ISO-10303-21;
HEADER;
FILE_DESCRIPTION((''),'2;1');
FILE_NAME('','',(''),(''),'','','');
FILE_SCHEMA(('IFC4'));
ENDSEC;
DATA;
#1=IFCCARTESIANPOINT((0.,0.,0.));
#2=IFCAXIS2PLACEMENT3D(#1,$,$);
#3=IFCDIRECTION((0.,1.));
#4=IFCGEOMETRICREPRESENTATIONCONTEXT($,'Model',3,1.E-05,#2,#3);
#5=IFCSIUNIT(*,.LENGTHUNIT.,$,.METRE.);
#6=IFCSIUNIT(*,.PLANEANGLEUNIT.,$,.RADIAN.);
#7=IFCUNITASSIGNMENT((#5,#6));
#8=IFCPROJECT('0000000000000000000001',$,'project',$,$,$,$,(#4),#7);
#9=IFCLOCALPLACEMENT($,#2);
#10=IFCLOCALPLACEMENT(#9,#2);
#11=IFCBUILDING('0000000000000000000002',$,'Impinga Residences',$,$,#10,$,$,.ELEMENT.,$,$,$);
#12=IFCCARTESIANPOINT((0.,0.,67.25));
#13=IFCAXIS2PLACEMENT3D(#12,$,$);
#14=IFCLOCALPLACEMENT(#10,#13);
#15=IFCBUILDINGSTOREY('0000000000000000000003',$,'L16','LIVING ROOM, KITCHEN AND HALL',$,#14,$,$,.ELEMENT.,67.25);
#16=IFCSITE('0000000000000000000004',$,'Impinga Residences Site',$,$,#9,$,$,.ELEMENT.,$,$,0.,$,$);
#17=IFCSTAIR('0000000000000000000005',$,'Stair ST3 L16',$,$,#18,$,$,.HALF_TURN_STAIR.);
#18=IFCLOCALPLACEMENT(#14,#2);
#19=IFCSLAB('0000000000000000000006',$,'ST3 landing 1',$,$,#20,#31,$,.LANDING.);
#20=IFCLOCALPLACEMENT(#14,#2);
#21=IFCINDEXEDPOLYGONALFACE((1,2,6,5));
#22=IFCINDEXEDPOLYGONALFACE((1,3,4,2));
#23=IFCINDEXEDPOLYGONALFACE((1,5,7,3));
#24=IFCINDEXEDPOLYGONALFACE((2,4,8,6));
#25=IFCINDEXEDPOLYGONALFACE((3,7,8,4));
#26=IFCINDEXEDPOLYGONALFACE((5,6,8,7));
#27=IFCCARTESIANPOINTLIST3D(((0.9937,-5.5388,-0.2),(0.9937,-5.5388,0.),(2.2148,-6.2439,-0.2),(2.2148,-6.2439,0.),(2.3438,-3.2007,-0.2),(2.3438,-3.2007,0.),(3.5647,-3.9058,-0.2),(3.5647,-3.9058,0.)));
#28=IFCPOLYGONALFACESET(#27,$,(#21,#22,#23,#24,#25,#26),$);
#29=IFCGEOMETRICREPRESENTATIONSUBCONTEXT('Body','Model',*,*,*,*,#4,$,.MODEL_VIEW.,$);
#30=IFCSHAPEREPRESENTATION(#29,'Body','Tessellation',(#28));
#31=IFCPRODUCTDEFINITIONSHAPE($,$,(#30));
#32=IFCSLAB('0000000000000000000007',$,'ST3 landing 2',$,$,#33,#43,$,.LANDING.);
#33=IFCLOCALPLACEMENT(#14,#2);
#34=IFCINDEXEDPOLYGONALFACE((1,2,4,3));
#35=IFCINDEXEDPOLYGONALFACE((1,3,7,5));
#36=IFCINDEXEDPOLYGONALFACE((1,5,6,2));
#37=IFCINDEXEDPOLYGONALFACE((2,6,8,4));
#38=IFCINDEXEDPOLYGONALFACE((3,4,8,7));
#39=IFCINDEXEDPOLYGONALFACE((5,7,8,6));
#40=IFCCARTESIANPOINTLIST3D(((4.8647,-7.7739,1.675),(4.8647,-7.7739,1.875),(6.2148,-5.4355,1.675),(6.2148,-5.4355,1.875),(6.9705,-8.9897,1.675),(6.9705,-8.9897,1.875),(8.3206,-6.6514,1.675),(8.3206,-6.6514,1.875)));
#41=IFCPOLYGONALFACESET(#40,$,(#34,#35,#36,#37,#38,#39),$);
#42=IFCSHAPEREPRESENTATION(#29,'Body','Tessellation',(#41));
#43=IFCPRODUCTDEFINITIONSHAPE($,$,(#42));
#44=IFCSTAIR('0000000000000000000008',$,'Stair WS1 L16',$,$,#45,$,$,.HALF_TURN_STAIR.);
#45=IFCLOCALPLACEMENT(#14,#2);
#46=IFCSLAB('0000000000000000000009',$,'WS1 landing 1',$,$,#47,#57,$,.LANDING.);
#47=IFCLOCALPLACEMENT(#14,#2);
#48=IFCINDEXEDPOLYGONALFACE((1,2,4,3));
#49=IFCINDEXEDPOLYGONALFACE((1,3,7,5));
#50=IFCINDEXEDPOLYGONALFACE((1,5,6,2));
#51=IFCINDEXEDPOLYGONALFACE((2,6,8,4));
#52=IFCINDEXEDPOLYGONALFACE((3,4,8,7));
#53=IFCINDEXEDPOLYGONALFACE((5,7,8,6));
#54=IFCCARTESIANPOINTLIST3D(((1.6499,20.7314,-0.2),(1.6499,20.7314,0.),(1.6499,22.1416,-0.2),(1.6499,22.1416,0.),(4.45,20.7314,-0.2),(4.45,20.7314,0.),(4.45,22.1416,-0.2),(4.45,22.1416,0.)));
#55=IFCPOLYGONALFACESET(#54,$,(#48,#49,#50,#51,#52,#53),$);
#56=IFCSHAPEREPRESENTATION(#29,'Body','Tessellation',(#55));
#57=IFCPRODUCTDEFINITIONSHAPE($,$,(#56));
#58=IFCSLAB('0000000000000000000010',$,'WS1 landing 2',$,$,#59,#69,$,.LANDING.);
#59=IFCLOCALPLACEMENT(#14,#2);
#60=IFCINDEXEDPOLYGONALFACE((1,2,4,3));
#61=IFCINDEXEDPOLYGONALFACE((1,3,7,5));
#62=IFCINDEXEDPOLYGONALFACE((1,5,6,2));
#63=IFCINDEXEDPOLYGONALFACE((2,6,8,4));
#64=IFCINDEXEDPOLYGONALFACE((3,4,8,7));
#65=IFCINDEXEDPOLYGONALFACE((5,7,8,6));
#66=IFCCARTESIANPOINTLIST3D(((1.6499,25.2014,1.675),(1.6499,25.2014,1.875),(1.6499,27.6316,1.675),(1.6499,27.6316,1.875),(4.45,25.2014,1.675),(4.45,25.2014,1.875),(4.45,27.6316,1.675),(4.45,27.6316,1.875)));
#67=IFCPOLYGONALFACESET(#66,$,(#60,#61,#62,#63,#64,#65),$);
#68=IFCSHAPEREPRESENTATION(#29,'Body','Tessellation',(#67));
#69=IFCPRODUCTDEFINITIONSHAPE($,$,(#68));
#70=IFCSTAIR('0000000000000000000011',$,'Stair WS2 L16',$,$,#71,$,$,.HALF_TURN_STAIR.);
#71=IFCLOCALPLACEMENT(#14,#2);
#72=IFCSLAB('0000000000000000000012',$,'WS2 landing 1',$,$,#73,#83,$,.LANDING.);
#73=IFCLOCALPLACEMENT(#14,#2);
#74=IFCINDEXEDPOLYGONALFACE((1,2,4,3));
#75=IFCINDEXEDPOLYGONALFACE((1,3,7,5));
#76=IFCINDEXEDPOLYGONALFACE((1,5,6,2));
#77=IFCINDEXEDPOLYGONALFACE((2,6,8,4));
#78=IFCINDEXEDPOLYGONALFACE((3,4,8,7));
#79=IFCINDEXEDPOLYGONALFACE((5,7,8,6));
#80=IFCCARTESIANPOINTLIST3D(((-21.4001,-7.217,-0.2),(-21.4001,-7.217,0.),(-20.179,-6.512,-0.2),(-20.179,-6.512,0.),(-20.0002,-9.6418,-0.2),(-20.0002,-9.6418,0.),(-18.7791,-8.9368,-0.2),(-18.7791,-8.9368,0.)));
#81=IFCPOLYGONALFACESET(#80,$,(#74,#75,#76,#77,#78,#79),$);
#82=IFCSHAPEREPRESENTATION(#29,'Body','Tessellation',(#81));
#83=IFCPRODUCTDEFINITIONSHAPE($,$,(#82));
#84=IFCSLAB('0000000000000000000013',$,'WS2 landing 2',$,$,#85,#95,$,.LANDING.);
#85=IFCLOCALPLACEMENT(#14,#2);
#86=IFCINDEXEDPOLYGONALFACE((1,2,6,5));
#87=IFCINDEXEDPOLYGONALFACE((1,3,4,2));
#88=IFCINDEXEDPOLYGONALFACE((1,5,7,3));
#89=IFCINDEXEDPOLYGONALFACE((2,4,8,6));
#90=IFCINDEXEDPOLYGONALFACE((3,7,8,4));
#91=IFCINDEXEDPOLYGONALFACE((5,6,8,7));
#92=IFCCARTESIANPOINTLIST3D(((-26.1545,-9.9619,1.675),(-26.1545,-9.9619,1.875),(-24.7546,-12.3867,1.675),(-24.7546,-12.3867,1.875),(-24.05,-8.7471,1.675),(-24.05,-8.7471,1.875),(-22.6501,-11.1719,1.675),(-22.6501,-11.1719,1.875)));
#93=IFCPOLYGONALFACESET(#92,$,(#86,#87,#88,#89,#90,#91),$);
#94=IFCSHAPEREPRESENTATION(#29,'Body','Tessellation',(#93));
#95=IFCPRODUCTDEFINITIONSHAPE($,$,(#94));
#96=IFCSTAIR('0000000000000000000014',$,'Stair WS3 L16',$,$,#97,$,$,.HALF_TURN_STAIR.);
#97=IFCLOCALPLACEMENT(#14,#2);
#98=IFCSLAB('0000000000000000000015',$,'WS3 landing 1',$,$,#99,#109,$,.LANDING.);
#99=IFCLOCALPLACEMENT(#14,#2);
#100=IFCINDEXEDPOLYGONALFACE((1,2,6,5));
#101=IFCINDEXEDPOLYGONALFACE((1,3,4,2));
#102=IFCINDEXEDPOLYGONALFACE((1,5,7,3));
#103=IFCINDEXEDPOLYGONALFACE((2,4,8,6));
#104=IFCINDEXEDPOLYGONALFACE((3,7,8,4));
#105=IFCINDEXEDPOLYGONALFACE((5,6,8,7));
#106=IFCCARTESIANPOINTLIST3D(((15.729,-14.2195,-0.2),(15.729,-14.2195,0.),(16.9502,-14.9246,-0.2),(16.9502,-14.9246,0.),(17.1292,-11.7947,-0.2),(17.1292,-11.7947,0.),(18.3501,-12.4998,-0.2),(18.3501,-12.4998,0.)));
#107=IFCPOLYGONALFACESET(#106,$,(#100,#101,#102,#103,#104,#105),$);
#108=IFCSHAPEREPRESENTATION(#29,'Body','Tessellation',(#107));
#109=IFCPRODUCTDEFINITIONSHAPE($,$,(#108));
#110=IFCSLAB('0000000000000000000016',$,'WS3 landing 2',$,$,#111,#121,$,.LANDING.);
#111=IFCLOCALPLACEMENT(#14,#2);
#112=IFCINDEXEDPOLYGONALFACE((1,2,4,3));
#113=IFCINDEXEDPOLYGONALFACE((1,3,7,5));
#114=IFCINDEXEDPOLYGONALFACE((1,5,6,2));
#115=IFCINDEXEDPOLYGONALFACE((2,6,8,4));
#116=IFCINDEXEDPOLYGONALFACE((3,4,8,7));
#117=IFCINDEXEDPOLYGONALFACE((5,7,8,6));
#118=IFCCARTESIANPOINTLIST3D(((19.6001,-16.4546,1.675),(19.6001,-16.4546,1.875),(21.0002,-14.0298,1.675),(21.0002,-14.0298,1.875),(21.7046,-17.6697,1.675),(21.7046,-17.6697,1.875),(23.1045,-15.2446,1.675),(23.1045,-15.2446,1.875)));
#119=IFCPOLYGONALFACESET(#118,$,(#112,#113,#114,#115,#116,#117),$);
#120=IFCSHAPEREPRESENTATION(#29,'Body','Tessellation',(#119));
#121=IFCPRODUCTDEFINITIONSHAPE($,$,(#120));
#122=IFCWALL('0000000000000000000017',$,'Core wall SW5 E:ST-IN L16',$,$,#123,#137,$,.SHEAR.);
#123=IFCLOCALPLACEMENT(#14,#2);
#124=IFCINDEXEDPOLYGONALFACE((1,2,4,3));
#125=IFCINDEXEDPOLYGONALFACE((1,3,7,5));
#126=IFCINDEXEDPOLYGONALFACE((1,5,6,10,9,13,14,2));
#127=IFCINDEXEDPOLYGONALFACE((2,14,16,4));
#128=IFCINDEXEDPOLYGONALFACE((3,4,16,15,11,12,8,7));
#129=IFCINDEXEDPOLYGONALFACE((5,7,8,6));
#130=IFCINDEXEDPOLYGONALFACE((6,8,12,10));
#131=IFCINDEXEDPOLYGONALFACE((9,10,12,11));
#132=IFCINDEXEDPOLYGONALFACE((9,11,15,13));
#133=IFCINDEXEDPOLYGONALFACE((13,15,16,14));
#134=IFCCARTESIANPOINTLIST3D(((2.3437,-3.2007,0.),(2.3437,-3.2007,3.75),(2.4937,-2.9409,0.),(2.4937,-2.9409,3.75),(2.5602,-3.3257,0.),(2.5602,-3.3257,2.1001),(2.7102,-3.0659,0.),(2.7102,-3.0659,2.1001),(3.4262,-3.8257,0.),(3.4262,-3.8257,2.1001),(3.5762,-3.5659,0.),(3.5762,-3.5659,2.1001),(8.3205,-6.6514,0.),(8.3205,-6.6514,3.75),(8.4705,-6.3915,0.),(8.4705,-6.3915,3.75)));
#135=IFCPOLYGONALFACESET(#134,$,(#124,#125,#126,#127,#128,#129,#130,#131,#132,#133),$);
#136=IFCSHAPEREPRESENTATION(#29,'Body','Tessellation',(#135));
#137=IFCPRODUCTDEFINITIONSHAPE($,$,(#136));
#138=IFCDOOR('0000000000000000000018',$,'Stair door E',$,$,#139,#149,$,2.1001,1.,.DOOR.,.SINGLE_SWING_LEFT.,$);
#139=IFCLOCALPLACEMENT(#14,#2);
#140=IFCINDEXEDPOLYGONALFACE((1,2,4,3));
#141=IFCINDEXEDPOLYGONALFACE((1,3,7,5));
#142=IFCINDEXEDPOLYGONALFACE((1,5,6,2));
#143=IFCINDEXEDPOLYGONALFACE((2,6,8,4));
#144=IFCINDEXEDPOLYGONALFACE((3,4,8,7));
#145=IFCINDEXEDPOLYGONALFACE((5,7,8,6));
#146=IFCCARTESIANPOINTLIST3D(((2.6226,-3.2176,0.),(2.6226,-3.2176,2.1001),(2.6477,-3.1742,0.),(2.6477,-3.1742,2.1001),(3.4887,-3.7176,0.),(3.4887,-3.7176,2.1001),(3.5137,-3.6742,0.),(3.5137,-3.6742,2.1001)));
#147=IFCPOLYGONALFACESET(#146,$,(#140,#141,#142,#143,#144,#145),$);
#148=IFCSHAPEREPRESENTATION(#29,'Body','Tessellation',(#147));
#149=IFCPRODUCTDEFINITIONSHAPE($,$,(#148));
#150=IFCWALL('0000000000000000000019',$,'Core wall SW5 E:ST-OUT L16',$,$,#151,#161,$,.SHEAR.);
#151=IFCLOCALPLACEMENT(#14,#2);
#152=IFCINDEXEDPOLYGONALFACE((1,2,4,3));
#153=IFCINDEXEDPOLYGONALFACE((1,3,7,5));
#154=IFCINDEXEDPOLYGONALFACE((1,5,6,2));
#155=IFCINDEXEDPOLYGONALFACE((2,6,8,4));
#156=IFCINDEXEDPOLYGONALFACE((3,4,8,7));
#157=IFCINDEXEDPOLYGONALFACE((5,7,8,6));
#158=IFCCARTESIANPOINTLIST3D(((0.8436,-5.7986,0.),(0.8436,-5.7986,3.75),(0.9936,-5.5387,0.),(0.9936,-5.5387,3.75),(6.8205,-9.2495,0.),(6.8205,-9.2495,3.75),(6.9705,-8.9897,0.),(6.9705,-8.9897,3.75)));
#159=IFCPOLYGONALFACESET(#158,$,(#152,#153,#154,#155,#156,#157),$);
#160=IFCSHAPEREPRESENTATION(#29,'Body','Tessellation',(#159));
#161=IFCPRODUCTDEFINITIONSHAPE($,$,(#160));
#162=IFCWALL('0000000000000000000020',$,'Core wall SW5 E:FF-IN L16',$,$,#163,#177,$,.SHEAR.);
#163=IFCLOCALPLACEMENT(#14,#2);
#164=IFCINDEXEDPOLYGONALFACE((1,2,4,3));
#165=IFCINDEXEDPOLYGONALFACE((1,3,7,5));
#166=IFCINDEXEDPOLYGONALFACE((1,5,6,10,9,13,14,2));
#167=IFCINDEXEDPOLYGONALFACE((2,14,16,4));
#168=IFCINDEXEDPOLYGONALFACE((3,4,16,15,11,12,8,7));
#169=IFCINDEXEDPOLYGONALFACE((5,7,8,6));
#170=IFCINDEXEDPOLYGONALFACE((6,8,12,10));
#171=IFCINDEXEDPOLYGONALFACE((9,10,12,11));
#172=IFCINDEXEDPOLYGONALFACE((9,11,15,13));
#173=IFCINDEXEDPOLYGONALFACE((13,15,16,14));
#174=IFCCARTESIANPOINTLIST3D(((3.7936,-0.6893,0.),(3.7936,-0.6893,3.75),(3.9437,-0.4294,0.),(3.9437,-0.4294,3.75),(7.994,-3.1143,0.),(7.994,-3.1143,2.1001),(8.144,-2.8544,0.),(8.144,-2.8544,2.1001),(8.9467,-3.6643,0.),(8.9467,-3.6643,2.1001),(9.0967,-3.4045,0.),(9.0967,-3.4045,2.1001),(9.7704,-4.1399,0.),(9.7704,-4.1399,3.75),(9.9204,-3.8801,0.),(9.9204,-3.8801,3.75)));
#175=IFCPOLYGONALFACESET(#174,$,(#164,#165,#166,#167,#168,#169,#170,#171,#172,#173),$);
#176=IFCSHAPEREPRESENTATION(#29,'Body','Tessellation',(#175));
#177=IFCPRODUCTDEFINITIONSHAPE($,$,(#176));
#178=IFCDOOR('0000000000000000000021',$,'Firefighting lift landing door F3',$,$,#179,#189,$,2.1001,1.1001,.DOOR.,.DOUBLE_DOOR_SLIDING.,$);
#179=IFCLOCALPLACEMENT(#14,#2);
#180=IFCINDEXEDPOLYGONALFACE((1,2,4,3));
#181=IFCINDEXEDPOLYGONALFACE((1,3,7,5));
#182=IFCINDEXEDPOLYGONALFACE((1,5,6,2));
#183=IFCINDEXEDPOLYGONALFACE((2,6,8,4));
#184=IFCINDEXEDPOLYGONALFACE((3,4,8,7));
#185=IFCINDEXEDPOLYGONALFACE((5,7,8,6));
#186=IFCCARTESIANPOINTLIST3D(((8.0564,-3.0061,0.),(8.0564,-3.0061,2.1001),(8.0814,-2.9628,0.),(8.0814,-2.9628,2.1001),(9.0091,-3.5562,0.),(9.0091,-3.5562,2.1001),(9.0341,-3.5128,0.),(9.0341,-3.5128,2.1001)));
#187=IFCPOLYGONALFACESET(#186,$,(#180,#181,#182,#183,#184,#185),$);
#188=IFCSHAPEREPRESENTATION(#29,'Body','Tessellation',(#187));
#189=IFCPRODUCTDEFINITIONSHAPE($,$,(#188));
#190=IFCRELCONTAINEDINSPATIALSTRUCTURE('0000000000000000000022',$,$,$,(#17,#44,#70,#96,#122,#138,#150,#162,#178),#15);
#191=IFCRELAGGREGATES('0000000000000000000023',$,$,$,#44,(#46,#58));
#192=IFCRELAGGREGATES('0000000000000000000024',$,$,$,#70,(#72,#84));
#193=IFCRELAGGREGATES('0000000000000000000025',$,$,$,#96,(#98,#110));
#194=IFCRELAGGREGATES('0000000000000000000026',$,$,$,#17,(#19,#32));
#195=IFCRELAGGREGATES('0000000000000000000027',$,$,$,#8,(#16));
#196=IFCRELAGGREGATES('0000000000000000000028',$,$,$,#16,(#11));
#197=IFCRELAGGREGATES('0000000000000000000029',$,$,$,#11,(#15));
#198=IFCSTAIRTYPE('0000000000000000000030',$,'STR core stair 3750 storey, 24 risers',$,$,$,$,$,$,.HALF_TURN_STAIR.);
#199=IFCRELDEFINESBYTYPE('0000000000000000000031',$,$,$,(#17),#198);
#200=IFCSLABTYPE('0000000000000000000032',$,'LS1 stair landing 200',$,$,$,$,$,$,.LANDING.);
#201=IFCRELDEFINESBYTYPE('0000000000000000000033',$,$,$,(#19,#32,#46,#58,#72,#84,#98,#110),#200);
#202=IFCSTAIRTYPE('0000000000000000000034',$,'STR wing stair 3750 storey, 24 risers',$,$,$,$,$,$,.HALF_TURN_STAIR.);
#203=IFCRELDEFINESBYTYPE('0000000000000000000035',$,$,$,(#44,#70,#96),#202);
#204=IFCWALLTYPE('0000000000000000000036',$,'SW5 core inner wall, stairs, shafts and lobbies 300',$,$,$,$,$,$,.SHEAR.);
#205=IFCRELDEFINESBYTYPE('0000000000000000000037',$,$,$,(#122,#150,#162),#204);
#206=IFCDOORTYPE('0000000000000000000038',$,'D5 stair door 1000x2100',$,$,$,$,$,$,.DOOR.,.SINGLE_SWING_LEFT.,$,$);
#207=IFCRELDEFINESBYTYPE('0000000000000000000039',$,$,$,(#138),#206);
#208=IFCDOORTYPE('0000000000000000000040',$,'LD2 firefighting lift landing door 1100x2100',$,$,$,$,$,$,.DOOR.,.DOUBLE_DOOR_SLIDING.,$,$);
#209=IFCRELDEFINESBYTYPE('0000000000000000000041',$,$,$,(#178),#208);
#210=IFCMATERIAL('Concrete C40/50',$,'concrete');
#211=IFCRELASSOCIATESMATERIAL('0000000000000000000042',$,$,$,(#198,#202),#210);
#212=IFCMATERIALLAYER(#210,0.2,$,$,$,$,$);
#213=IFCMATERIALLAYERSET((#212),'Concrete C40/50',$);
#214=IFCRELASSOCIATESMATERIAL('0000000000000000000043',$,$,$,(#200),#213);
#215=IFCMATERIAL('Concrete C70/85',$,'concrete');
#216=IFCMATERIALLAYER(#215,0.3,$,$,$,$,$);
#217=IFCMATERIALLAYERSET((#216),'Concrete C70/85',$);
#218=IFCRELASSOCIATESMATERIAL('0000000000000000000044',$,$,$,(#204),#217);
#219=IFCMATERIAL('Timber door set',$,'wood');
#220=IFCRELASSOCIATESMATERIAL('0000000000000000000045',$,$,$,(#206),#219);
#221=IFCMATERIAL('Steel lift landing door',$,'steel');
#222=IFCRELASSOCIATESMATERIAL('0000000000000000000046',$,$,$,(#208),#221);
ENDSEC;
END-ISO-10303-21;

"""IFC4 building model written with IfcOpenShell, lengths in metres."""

from ifc_helpers import new_model, si_unit, direction, frame, frame_2d, origin, place, context, subcontext, project, spatial, polyline, rectangle, outline, extrude, material, layer, layer_set, type_object, element, fill, aggregate, save


model = new_model("IFC4")

# Units and contexts
model_context = context("Model", 3, precision=1e-05, world=origin(), true_north=direction((0.0, 1.0)))
body_context = subcontext(model_context, "Body", "Model", "MODEL_VIEW")
ifc_project = project(units=[si_unit("LENGTHUNIT", "METRE"), si_unit("PLANEANGLEUNIT", "RADIAN")], contexts=[model_context])

# Site, building, storey
site_placement = place(None, origin())
site = spatial("IfcSite", under=ifc_project, at=site_placement, Name="Impinga Residences Site", CompositionType="ELEMENT", RefElevation=0.0)
building_placement = place(site_placement, origin())
building = spatial("IfcBuilding", under=site, at=building_placement, Name="Impinga Residences", CompositionType="ELEMENT")
storey_placement = place(building_placement, frame((0.0, 0.0, 67.25)))
storey = spatial("IfcBuildingStorey", under=building, at=storey_placement, Name="L16", Description="LIVING ROOM, KITCHEN AND HALL", CompositionType="ELEMENT", Elevation=67.25)

# Stairs, slabs
ifc_material_1 = material(Name="Concrete C40/50", Category="concrete")
stair_type_1 = type_object("IfcStairType", Name="STR core stair 3750 storey, 24 risers", PredefinedType="HALF_TURN_STAIR", material=ifc_material_1)
stair_1_placement = place(storey_placement, origin())
stair_1 = element("IfcStair", 1, at=stair_1_placement, inside=storey, type_object=stair_type_1, Name="Stair ST3 L16", PredefinedType="HALF_TURN_STAIR")
ifc_layer_1 = layer(ifc_material_1, 0.2)
ifc_layer_set_1 = layer_set([ifc_layer_1], Name="Concrete C40/50")
slab_type = type_object("IfcSlabType", Name="LS1 stair landing 200", PredefinedType="LANDING", material=ifc_layer_set_1)
slab_1_placement = place(storey_placement, frame((0.0, 0.0, -0.2)))
slab_1 = element("IfcSlab", 2, at=slab_1_placement, type_object=slab_type, Name="ST3 landing 1", PredefinedType="LANDING", context=body_context, shape_type="SweptSolid", body=[
    extrude(outline(polyline([(2.3438, -3.2007), (0.9937, -5.5388), (2.2148, -6.2439), (3.5647, -3.9058), (2.3438, -3.2007)])), origin(), (0.0, 0.0, 1.0), 0.2),
])
slab_2_placement = place(storey_placement, frame((0.0, 0.0, 1.675)))
slab_2 = element("IfcSlab", 3, at=slab_2_placement, type_object=slab_type, Name="ST3 landing 2", PredefinedType="LANDING", context=body_context, shape_type="SweptSolid", body=[
    extrude(outline(polyline([(6.2148, -5.4355), (4.8647, -7.7739), (6.9705, -8.9897), (8.3206, -6.6514), (6.2148, -5.4355)])), origin(), (0.0, 0.0, 1.0), 0.2),
])
stair_type_2 = type_object("IfcStairType", Name="STR wing stair 3750 storey, 24 risers", PredefinedType="HALF_TURN_STAIR", material=ifc_material_1)
stair_2_placement = place(storey_placement, origin())
stair_2 = element("IfcStair", 4, at=stair_2_placement, inside=storey, type_object=stair_type_2, Name="Stair WS1 L16", PredefinedType="HALF_TURN_STAIR")
slab_3_placement = place(storey_placement, frame((0.0, 0.0, -0.2)))
slab_3 = element("IfcSlab", 5, at=slab_3_placement, type_object=slab_type, Name="WS1 landing 1", PredefinedType="LANDING", context=body_context, shape_type="SweptSolid", body=[
    extrude(outline(polyline([(1.6499, 20.7314), (4.45, 20.7314), (4.45, 22.1416), (1.6499, 22.1416), (1.6499, 20.7314)])), origin(), (0.0, 0.0, 1.0), 0.2),
])
slab_4_placement = place(storey_placement, frame((0.0, 0.0, 1.675)))
slab_4 = element("IfcSlab", 6, at=slab_4_placement, type_object=slab_type, Name="WS1 landing 2", PredefinedType="LANDING", context=body_context, shape_type="SweptSolid", body=[
    extrude(outline(polyline([(1.6499, 25.2014), (4.45, 25.2014), (4.45, 27.6316), (1.6499, 27.6316), (1.6499, 25.2014)])), origin(), (0.0, 0.0, 1.0), 0.2),
])
aggregate(stair_2, [slab_3, slab_4])
stair_3_placement = place(storey_placement, origin())
stair_3 = element("IfcStair", 7, at=stair_3_placement, inside=storey, type_object=stair_type_2, Name="Stair WS2 L16", PredefinedType="HALF_TURN_STAIR")
slab_5_placement = place(storey_placement, frame((0.0, 0.0, -0.2)))
slab_5 = element("IfcSlab", 8, at=slab_5_placement, type_object=slab_type, Name="WS2 landing 1", PredefinedType="LANDING", context=body_context, shape_type="SweptSolid", body=[
    extrude(outline(polyline([(-18.7791, -8.9368), (-20.179, -6.512), (-21.4001, -7.217), (-20.0002, -9.6418), (-18.7791, -8.9368)])), origin(), (0.0, 0.0, 1.0), 0.2),
])
slab_6_placement = place(storey_placement, frame((0.0, 0.0, 1.675)))
slab_6 = element("IfcSlab", 9, at=slab_6_placement, type_object=slab_type, Name="WS2 landing 2", PredefinedType="LANDING", context=body_context, shape_type="SweptSolid", body=[
    extrude(outline(polyline([(-22.6501, -11.1719), (-24.05, -8.7471), (-26.1545, -9.9619), (-24.7546, -12.3867), (-22.6501, -11.1719)])), origin(), (0.0, 0.0, 1.0), 0.2),
])
aggregate(stair_3, [slab_5, slab_6])
stair_4_placement = place(storey_placement, origin())
stair_4 = element("IfcStair", 10, at=stair_4_placement, inside=storey, type_object=stair_type_2, Name="Stair WS3 L16", PredefinedType="HALF_TURN_STAIR")
slab_7_placement = place(storey_placement, frame((0.0, 0.0, -0.2)))
slab_7 = element("IfcSlab", 11, at=slab_7_placement, type_object=slab_type, Name="WS3 landing 1", PredefinedType="LANDING", context=body_context, shape_type="SweptSolid", body=[
    extrude(outline(polyline([(17.1292, -11.7947), (15.729, -14.2195), (16.9502, -14.9246), (18.3501, -12.4998), (17.1292, -11.7947)])), origin(), (0.0, 0.0, 1.0), 0.2),
])
slab_8_placement = place(storey_placement, frame((0.0, 0.0, 1.675)))
slab_8 = element("IfcSlab", 12, at=slab_8_placement, type_object=slab_type, Name="WS3 landing 2", PredefinedType="LANDING", context=body_context, shape_type="SweptSolid", body=[
    extrude(outline(polyline([(21.0002, -14.0298), (19.6001, -16.4546), (21.7046, -17.6697), (23.1045, -15.2446), (21.0002, -14.0298)])), origin(), (0.0, 0.0, 1.0), 0.2),
])
aggregate(stair_4, [slab_7, slab_8])

# Wall, opening, door
ifc_material_2 = material(Name="Concrete C70/85", Category="concrete")
ifc_layer_2 = layer(ifc_material_2, 0.3)
ifc_layer_set_2 = layer_set([ifc_layer_2], Name="Concrete C70/85")
wall_type = type_object("IfcWallType", Name="SW5 core inner wall, stairs, shafts and lobbies 300", PredefinedType="SHEAR", material=ifc_layer_set_2)
wall_1_placement = place(storey_placement, frame((2.4187, -3.0708, 0.0), z_axis=(0.0, 0.0, 1.0), x_axis=(0.866027, -0.499997, 0.0)))
wall_1 = element("IfcWall", 13, at=wall_1_placement, inside=storey, type_object=wall_type, Name="Core wall SW5 E:ST-IN L16", PredefinedType="SHEAR", context=body_context, shape_type="SweptSolid", body=[
    extrude(rectangle(XDim=6.9014, YDim=0.3, at=frame_2d((3.4507, 0.0))), origin(), (0.0, 0.0, 1.0), 3.75),
])
opening_1_placement = place(wall_1_placement, frame((0.25, 0.0, 0.0)))
opening_1 = element("IfcOpeningElement", 14, at=opening_1_placement, cuts=wall_1, PredefinedType="OPENING", context=body_context, shape_type="SweptSolid", body=[
    extrude(rectangle(XDim=1.0, YDim=2.1001, at=frame_2d((0.5, 1.05))), frame((0.0, 0.1599, 0.0), z_axis=(0.0, -1.0, 0.0), x_axis=(1.0, 0.0, 0.0)), (0.0, 0.0, 1.0), 0.3201),
])
ifc_material_3 = material(Name="Timber door set", Category="wood")
door_type_1 = type_object("IfcDoorType", Name="D5 stair door 1000x2100", OperationType="SINGLE_SWING_LEFT", PredefinedType="DOOR", material=ifc_material_3)
door_1_placement = place(opening_1_placement, origin())
door_1 = element("IfcDoor", 15, at=door_1_placement, inside=storey, type_object=door_type_1, Name="Stair door E", OperationType="SINGLE_SWING_LEFT", OverallHeight=2.1001, OverallWidth=1.0, PredefinedType="DOOR", context=body_context, shape_type="SweptSolid", body=[
    extrude(rectangle(XDim=1.0, YDim=2.1001, at=frame_2d((0.5, 1.05))), frame((0.0, 0.0249, 0.0), z_axis=(0.0, -1.0, 0.0), x_axis=(1.0, 0.0, 0.0)), (0.0, 0.0, 1.0), 0.05),
])
fill(opening_1, door_1)

# Wall
wall_2_placement = place(storey_placement, frame((0.9187, -5.6687, 0.0), z_axis=(0.0, 0.0, 1.0), x_axis=(0.866012, -0.500024, 0.0)))
element("IfcWall", 16, at=wall_2_placement, inside=storey, type_object=wall_type, Name="Core wall SW5 E:ST-OUT L16", PredefinedType="SHEAR", context=body_context, shape_type="SweptSolid", body=[
    extrude(rectangle(XDim=6.9016, YDim=0.3, at=frame_2d((3.4507, 0.0))), origin(), (0.0, 0.0, 1.0), 3.75),
])

# Wall, opening, door
wall_3_placement = place(storey_placement, frame((3.8687, -0.5593, 0.0), z_axis=(0.0, 0.0, 1.0), x_axis=(0.866027, -0.499997, 0.0)))
wall_3 = element("IfcWall", 17, at=wall_3_placement, inside=storey, type_object=wall_type, Name="Core wall SW5 E:FF-IN L16", PredefinedType="SHEAR", context=body_context, shape_type="SweptSolid", body=[
    extrude(rectangle(XDim=6.9014, YDim=0.3, at=frame_2d((3.4507, 0.0))), origin(), (0.0, 0.0, 1.0), 3.75),
])
opening_2_placement = place(wall_3_placement, frame((4.8501, 0.0, 0.0)))
opening_2 = element("IfcOpeningElement", 18, at=opening_2_placement, cuts=wall_3, PredefinedType="OPENING", context=body_context, shape_type="SweptSolid", body=[
    extrude(rectangle(XDim=1.1001, YDim=2.1001, at=frame_2d((0.55, 1.05))), frame((0.0, 0.1599, 0.0), z_axis=(0.0, -1.0, 0.0), x_axis=(1.0, 0.0, 0.0)), (0.0, 0.0, 1.0), 0.3201),
])
ifc_material_4 = material(Name="Steel lift landing door", Category="steel")
door_type_2 = type_object("IfcDoorType", Name="LD2 firefighting lift landing door 1100x2100", OperationType="DOUBLE_DOOR_SLIDING", PredefinedType="DOOR", material=ifc_material_4)
door_2_placement = place(opening_2_placement, origin())
door_2 = element("IfcDoor", 19, at=door_2_placement, inside=storey, type_object=door_type_2, Name="Firefighting lift landing door F3", OperationType="DOUBLE_DOOR_SLIDING", OverallHeight=2.1001, OverallWidth=1.1001, PredefinedType="DOOR", context=body_context, shape_type="SweptSolid", body=[
    extrude(rectangle(XDim=1.1001, YDim=2.1001, at=frame_2d((0.55, 1.05))), frame((0.0, 0.0249, 0.0), z_axis=(0.0, -1.0, 0.0), x_axis=(1.0, 0.0, 0.0)), (0.0, 0.0, 1.0), 0.05),
])
fill(opening_2, door_2)

aggregate(stair_1, [slab_1, slab_2])

save(model, "model.ifc")
